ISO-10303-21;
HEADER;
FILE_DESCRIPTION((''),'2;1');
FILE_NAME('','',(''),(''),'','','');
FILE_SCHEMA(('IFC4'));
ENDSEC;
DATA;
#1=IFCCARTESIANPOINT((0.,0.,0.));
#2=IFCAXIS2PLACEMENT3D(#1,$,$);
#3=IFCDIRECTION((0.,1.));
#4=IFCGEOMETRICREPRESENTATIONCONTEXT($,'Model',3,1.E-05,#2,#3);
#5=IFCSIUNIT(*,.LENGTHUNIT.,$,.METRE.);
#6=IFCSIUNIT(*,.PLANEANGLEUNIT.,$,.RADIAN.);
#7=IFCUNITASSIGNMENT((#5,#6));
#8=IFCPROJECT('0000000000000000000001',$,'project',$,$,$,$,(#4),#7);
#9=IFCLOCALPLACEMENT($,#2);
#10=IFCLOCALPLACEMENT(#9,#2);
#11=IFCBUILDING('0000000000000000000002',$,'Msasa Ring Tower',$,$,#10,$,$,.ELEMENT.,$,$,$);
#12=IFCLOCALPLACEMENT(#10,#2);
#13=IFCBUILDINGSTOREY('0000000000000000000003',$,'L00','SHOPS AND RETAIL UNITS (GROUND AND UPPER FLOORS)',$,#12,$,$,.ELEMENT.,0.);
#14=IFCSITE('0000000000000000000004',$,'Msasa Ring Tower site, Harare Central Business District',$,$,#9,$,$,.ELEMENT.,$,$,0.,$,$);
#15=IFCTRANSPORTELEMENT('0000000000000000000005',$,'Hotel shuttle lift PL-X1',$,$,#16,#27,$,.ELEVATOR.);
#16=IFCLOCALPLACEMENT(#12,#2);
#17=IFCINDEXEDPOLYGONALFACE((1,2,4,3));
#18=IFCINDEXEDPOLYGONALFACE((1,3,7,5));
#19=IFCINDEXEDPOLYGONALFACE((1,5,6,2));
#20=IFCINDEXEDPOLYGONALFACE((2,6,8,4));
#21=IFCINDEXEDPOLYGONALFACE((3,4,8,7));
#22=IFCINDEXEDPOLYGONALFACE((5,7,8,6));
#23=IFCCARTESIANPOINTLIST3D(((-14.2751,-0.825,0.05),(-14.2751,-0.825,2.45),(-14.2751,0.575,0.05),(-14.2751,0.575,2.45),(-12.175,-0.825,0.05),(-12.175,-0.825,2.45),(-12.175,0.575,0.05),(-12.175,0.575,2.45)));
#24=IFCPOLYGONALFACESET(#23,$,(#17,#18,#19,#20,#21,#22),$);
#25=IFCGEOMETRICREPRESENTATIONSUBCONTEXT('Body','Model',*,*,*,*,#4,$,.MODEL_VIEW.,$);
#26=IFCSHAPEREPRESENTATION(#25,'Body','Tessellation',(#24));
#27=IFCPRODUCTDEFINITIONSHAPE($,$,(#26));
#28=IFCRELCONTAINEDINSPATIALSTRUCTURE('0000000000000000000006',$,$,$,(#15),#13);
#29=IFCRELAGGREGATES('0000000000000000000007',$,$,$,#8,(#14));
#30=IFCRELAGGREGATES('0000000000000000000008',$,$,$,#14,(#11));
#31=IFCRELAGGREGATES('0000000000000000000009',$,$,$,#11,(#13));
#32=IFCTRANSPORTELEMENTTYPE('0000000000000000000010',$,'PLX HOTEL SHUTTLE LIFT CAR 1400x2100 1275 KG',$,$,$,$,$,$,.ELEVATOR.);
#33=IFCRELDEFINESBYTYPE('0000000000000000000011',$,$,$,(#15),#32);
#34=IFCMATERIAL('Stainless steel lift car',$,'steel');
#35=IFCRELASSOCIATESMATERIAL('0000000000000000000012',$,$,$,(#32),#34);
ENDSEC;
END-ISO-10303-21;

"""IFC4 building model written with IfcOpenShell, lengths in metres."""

from ifc_helpers import new_model, si_unit, direction, frame, origin, origin_2d, place, context, subcontext, project, spatial, rectangle, extrude, material, type_object, element, save


model = new_model("IFC4")

# Units and contexts
model_context = context("Model", 3, precision=1e-05, world=origin(), true_north=direction((0.0, 1.0)))
body_context = subcontext(model_context, "Body", "Model", "MODEL_VIEW")
ifc_project = project(units=[si_unit("LENGTHUNIT", "METRE"), si_unit("PLANEANGLEUNIT", "RADIAN")], contexts=[model_context])

# Site, building, storey
site_placement = place(None, origin())
site = spatial("IfcSite", under=ifc_project, at=site_placement, Name="Msasa Ring Tower site, Harare Central Business District", CompositionType="ELEMENT", RefElevation=0.0)
building_placement = place(site_placement, origin())
building = spatial("IfcBuilding", under=site, at=building_placement, Name="Msasa Ring Tower", CompositionType="ELEMENT")
storey_placement = place(building_placement, origin())
storey = spatial("IfcBuildingStorey", under=building, at=storey_placement, Name="L00", Description="SHOPS AND RETAIL UNITS (GROUND AND UPPER FLOORS)", CompositionType="ELEMENT", Elevation=0.0)

# Transport element
ifc_material_1 = material(Name="Stainless steel lift car", Category="steel")
transport_element_type_1 = type_object("IfcTransportElementType", Name="PLX HOTEL SHUTTLE LIFT CAR 1400x2100 1275 KG", PredefinedType="ELEVATOR", material=ifc_material_1)
transport_element_1_placement = place(storey_placement, frame((-13.2251, -0.125, 0.05), z_axis=(0.0, 0.0, 1.0), x_axis=(1.0, 0.0, 0.0)))
element("IfcTransportElement", 1, at=transport_element_1_placement, inside=storey, type_object=transport_element_type_1, Name="Hotel shuttle lift PL-X1", PredefinedType="ELEVATOR", context=body_context, shape_type="SweptSolid", body=[
    extrude(rectangle(XDim=2.1001, YDim=1.3999, at=origin_2d()), origin(), (0.0, 0.0, 1.0), 2.3999),
])

save(model, "model.ifc")
